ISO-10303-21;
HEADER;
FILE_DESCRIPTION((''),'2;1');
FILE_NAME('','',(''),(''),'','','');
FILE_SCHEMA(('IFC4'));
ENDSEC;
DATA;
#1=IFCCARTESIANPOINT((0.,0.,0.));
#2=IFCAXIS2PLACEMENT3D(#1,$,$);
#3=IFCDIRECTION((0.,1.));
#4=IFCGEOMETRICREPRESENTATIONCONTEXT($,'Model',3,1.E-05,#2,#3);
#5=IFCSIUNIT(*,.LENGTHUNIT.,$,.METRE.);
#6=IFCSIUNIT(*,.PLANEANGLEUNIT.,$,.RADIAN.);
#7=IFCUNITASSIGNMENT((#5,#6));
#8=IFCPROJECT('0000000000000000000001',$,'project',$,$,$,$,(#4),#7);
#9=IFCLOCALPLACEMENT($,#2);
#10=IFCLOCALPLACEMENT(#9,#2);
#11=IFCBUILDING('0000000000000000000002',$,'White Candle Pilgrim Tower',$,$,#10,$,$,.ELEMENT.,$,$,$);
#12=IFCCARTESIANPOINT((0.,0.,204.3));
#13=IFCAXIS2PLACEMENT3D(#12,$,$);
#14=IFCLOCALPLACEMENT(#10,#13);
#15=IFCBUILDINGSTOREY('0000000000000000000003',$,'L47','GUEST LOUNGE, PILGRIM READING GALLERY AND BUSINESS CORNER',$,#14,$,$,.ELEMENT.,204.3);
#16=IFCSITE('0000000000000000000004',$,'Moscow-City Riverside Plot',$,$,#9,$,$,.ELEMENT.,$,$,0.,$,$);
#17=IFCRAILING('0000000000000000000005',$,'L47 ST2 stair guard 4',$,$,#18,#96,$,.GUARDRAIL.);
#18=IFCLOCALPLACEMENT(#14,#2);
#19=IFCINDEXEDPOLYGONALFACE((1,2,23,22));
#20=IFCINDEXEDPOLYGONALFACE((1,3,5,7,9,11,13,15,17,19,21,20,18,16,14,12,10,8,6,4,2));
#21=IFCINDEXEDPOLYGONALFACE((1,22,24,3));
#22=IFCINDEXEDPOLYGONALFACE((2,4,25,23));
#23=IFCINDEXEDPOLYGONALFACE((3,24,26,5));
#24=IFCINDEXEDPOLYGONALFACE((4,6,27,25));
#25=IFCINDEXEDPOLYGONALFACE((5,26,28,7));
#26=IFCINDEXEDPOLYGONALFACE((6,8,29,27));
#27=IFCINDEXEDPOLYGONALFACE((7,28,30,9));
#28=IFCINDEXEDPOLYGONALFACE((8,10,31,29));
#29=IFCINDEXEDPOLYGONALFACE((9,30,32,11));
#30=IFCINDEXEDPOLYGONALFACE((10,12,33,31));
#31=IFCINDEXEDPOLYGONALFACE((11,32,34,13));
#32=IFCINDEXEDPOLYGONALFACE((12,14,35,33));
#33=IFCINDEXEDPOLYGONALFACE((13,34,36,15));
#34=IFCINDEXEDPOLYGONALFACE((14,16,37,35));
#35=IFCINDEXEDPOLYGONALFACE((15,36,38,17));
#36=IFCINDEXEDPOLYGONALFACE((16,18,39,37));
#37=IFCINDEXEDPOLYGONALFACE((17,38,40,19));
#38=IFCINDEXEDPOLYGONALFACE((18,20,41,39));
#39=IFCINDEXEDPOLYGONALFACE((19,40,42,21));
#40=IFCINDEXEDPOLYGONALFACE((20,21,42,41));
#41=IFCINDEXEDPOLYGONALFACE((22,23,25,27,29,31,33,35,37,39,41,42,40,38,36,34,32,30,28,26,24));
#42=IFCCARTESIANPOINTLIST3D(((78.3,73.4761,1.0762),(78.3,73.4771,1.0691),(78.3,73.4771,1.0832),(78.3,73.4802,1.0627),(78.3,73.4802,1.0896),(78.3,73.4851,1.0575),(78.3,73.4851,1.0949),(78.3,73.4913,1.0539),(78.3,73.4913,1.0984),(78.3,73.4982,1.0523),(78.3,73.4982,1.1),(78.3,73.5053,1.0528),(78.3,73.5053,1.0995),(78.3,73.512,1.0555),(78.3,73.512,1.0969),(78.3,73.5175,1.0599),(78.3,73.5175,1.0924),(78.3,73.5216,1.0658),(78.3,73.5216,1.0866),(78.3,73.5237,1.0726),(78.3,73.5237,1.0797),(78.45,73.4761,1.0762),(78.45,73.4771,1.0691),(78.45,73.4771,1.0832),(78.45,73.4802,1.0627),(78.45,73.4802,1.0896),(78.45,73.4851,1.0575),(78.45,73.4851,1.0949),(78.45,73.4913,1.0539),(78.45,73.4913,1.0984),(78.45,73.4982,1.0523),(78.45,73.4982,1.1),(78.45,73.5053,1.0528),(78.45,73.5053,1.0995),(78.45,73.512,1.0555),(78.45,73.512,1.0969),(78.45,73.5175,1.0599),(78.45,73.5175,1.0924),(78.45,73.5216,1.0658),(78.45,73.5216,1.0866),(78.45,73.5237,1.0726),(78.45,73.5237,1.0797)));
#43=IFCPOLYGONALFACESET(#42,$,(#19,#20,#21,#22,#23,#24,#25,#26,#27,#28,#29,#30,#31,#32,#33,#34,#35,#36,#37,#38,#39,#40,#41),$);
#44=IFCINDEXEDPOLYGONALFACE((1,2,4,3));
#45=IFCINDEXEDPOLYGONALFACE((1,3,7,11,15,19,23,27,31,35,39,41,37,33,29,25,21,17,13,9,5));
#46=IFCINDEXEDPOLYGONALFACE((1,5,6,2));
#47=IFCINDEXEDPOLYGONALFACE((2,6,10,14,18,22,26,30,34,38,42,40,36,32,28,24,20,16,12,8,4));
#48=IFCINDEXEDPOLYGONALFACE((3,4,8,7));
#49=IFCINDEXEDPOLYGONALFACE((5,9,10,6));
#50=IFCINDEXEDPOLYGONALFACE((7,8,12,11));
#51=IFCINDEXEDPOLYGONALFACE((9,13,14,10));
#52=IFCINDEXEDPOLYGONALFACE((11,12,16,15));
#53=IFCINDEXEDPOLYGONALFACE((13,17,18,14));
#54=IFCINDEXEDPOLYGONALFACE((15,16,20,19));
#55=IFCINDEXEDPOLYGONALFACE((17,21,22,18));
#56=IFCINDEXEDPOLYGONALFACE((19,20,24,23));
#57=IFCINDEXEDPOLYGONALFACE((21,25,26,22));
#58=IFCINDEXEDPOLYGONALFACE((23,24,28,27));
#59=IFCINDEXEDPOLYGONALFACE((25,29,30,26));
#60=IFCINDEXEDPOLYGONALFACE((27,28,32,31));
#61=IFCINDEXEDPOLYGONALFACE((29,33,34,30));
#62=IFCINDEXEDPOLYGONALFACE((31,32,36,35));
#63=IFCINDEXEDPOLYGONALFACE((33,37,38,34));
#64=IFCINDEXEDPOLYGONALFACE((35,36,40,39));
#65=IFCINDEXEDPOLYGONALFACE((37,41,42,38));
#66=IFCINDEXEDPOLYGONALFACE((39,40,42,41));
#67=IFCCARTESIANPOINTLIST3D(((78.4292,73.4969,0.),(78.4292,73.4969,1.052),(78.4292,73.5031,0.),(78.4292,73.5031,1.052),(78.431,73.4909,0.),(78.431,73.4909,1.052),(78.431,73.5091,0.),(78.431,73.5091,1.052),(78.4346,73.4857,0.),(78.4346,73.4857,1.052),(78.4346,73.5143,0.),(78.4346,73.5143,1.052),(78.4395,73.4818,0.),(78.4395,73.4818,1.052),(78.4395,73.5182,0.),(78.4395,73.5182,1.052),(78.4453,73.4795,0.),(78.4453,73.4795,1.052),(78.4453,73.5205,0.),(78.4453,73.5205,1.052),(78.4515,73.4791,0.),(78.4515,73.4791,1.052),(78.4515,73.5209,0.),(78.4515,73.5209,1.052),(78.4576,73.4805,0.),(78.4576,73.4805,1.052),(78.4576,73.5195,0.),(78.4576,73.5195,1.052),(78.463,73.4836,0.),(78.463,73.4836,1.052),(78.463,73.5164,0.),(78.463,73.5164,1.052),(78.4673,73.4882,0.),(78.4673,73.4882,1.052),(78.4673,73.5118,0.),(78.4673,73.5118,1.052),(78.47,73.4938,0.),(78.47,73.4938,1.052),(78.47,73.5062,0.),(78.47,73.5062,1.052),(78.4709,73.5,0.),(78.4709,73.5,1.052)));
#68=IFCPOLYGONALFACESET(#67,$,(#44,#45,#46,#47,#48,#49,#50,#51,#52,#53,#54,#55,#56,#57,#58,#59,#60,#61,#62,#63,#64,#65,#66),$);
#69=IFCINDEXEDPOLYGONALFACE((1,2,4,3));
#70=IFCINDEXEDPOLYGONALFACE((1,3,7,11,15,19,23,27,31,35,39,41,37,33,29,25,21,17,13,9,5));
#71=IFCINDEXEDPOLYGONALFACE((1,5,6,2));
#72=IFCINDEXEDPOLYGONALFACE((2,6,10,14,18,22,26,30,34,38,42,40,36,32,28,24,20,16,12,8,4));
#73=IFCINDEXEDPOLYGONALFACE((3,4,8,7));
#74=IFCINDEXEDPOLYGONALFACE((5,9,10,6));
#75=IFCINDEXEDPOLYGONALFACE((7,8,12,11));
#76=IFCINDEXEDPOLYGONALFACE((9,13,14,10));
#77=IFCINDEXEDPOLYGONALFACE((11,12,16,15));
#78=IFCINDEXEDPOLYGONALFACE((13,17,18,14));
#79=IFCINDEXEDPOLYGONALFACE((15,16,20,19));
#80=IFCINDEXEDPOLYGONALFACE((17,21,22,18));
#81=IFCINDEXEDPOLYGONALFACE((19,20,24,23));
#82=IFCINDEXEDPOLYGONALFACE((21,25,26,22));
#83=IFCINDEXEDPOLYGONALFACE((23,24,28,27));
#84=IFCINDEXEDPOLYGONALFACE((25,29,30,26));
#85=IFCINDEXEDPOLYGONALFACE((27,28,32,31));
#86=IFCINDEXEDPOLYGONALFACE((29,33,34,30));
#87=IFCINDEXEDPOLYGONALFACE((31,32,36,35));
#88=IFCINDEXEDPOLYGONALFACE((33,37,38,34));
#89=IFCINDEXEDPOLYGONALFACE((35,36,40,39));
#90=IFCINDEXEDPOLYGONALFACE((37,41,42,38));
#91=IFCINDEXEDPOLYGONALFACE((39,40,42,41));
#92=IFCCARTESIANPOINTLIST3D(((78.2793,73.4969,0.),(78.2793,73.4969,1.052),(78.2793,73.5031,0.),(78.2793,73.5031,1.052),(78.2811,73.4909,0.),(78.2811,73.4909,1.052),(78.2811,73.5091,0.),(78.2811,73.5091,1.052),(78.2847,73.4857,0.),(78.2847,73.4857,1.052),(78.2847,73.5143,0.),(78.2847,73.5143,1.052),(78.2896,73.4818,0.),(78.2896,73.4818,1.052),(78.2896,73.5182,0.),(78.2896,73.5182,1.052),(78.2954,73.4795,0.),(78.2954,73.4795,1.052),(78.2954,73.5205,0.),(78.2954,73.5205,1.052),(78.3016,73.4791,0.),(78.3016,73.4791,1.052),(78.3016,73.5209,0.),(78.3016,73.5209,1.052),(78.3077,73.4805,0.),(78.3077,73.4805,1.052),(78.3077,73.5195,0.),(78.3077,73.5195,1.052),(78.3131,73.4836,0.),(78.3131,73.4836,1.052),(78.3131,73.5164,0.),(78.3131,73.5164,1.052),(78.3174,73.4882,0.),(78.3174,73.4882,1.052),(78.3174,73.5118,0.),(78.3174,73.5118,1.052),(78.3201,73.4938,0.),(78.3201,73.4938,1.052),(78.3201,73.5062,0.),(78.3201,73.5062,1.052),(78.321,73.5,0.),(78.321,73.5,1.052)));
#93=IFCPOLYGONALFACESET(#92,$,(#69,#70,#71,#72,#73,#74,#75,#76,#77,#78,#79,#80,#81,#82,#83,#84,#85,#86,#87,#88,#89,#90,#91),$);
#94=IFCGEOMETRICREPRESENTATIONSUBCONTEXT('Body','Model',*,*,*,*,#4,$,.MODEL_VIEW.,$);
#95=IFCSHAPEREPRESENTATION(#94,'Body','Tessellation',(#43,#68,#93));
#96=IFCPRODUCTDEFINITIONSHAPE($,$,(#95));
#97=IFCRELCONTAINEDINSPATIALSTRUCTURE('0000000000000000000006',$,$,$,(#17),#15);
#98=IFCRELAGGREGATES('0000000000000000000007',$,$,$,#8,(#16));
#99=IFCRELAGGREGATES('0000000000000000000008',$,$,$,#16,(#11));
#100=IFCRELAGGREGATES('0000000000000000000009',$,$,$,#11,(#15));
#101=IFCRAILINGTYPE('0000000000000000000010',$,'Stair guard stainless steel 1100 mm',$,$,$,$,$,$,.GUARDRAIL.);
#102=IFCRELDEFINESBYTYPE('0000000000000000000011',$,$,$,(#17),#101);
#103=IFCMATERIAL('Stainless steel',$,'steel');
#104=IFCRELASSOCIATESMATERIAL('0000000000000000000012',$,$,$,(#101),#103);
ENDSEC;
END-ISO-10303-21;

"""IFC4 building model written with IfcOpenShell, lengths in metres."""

from ifc_helpers import new_model, si_unit, direction, frame, origin, origin_2d, place, context, subcontext, project, spatial, circle, extrude, material, type_object, element, save


model = new_model("IFC4")

# Units and contexts
model_context = context("Model", 3, precision=1e-05, world=origin(), true_north=direction((0.0, 1.0)))
body_context = subcontext(model_context, "Body", "Model", "MODEL_VIEW")
ifc_project = project(units=[si_unit("LENGTHUNIT", "METRE"), si_unit("PLANEANGLEUNIT", "RADIAN")], contexts=[model_context])

# Site, building, storey
site_placement = place(None, origin())
site = spatial("IfcSite", under=ifc_project, at=site_placement, Name="Moscow-City Riverside Plot", CompositionType="ELEMENT", RefElevation=0.0)
building_placement = place(site_placement, origin())
building = spatial("IfcBuilding", under=site, at=building_placement, Name="White Candle Pilgrim Tower", CompositionType="ELEMENT")
storey_placement = place(building_placement, frame((0.0, 0.0, 204.3)))
storey = spatial("IfcBuildingStorey", under=building, at=storey_placement, Name="L47", Description="GUEST LOUNGE, PILGRIM READING GALLERY AND BUSINESS CORNER", CompositionType="ELEMENT", Elevation=204.3)

# Railing
ifc_material_1 = material(Name="Stainless steel", Category="steel")
railing_type_1 = type_object("IfcRailingType", Name="Stair guard stainless steel 1100 mm", PredefinedType="GUARDRAIL", material=ifc_material_1)
railing_1_placement = place(storey_placement, frame((78.45, 73.5, 0.0)))
element("IfcRailing", 1, at=railing_1_placement, inside=storey, type_object=railing_type_1, Name="L47 ST2 stair guard 4", PredefinedType="GUARDRAIL", context=body_context, shape_type="SweptSolid", body=[
    extrude(circle(Radius=0.0239, at=origin_2d()), frame((0.0, 0.0, 1.0762), z_axis=(-1.0, 0.0, 0.0), x_axis=(0.0, -1.0, 0.0)), (0.0, 0.0, 1.0), 0.1499),
    extrude(circle(Radius=0.021, at=origin_2d()), origin(), (0.0, 0.0, 1.0), 1.052),
    extrude(circle(Radius=0.021, at=origin_2d()), frame((-0.1499, 0.0, 0.0)), (0.0, 0.0, 1.0), 1.052),
])

save(model, "model.ifc")
